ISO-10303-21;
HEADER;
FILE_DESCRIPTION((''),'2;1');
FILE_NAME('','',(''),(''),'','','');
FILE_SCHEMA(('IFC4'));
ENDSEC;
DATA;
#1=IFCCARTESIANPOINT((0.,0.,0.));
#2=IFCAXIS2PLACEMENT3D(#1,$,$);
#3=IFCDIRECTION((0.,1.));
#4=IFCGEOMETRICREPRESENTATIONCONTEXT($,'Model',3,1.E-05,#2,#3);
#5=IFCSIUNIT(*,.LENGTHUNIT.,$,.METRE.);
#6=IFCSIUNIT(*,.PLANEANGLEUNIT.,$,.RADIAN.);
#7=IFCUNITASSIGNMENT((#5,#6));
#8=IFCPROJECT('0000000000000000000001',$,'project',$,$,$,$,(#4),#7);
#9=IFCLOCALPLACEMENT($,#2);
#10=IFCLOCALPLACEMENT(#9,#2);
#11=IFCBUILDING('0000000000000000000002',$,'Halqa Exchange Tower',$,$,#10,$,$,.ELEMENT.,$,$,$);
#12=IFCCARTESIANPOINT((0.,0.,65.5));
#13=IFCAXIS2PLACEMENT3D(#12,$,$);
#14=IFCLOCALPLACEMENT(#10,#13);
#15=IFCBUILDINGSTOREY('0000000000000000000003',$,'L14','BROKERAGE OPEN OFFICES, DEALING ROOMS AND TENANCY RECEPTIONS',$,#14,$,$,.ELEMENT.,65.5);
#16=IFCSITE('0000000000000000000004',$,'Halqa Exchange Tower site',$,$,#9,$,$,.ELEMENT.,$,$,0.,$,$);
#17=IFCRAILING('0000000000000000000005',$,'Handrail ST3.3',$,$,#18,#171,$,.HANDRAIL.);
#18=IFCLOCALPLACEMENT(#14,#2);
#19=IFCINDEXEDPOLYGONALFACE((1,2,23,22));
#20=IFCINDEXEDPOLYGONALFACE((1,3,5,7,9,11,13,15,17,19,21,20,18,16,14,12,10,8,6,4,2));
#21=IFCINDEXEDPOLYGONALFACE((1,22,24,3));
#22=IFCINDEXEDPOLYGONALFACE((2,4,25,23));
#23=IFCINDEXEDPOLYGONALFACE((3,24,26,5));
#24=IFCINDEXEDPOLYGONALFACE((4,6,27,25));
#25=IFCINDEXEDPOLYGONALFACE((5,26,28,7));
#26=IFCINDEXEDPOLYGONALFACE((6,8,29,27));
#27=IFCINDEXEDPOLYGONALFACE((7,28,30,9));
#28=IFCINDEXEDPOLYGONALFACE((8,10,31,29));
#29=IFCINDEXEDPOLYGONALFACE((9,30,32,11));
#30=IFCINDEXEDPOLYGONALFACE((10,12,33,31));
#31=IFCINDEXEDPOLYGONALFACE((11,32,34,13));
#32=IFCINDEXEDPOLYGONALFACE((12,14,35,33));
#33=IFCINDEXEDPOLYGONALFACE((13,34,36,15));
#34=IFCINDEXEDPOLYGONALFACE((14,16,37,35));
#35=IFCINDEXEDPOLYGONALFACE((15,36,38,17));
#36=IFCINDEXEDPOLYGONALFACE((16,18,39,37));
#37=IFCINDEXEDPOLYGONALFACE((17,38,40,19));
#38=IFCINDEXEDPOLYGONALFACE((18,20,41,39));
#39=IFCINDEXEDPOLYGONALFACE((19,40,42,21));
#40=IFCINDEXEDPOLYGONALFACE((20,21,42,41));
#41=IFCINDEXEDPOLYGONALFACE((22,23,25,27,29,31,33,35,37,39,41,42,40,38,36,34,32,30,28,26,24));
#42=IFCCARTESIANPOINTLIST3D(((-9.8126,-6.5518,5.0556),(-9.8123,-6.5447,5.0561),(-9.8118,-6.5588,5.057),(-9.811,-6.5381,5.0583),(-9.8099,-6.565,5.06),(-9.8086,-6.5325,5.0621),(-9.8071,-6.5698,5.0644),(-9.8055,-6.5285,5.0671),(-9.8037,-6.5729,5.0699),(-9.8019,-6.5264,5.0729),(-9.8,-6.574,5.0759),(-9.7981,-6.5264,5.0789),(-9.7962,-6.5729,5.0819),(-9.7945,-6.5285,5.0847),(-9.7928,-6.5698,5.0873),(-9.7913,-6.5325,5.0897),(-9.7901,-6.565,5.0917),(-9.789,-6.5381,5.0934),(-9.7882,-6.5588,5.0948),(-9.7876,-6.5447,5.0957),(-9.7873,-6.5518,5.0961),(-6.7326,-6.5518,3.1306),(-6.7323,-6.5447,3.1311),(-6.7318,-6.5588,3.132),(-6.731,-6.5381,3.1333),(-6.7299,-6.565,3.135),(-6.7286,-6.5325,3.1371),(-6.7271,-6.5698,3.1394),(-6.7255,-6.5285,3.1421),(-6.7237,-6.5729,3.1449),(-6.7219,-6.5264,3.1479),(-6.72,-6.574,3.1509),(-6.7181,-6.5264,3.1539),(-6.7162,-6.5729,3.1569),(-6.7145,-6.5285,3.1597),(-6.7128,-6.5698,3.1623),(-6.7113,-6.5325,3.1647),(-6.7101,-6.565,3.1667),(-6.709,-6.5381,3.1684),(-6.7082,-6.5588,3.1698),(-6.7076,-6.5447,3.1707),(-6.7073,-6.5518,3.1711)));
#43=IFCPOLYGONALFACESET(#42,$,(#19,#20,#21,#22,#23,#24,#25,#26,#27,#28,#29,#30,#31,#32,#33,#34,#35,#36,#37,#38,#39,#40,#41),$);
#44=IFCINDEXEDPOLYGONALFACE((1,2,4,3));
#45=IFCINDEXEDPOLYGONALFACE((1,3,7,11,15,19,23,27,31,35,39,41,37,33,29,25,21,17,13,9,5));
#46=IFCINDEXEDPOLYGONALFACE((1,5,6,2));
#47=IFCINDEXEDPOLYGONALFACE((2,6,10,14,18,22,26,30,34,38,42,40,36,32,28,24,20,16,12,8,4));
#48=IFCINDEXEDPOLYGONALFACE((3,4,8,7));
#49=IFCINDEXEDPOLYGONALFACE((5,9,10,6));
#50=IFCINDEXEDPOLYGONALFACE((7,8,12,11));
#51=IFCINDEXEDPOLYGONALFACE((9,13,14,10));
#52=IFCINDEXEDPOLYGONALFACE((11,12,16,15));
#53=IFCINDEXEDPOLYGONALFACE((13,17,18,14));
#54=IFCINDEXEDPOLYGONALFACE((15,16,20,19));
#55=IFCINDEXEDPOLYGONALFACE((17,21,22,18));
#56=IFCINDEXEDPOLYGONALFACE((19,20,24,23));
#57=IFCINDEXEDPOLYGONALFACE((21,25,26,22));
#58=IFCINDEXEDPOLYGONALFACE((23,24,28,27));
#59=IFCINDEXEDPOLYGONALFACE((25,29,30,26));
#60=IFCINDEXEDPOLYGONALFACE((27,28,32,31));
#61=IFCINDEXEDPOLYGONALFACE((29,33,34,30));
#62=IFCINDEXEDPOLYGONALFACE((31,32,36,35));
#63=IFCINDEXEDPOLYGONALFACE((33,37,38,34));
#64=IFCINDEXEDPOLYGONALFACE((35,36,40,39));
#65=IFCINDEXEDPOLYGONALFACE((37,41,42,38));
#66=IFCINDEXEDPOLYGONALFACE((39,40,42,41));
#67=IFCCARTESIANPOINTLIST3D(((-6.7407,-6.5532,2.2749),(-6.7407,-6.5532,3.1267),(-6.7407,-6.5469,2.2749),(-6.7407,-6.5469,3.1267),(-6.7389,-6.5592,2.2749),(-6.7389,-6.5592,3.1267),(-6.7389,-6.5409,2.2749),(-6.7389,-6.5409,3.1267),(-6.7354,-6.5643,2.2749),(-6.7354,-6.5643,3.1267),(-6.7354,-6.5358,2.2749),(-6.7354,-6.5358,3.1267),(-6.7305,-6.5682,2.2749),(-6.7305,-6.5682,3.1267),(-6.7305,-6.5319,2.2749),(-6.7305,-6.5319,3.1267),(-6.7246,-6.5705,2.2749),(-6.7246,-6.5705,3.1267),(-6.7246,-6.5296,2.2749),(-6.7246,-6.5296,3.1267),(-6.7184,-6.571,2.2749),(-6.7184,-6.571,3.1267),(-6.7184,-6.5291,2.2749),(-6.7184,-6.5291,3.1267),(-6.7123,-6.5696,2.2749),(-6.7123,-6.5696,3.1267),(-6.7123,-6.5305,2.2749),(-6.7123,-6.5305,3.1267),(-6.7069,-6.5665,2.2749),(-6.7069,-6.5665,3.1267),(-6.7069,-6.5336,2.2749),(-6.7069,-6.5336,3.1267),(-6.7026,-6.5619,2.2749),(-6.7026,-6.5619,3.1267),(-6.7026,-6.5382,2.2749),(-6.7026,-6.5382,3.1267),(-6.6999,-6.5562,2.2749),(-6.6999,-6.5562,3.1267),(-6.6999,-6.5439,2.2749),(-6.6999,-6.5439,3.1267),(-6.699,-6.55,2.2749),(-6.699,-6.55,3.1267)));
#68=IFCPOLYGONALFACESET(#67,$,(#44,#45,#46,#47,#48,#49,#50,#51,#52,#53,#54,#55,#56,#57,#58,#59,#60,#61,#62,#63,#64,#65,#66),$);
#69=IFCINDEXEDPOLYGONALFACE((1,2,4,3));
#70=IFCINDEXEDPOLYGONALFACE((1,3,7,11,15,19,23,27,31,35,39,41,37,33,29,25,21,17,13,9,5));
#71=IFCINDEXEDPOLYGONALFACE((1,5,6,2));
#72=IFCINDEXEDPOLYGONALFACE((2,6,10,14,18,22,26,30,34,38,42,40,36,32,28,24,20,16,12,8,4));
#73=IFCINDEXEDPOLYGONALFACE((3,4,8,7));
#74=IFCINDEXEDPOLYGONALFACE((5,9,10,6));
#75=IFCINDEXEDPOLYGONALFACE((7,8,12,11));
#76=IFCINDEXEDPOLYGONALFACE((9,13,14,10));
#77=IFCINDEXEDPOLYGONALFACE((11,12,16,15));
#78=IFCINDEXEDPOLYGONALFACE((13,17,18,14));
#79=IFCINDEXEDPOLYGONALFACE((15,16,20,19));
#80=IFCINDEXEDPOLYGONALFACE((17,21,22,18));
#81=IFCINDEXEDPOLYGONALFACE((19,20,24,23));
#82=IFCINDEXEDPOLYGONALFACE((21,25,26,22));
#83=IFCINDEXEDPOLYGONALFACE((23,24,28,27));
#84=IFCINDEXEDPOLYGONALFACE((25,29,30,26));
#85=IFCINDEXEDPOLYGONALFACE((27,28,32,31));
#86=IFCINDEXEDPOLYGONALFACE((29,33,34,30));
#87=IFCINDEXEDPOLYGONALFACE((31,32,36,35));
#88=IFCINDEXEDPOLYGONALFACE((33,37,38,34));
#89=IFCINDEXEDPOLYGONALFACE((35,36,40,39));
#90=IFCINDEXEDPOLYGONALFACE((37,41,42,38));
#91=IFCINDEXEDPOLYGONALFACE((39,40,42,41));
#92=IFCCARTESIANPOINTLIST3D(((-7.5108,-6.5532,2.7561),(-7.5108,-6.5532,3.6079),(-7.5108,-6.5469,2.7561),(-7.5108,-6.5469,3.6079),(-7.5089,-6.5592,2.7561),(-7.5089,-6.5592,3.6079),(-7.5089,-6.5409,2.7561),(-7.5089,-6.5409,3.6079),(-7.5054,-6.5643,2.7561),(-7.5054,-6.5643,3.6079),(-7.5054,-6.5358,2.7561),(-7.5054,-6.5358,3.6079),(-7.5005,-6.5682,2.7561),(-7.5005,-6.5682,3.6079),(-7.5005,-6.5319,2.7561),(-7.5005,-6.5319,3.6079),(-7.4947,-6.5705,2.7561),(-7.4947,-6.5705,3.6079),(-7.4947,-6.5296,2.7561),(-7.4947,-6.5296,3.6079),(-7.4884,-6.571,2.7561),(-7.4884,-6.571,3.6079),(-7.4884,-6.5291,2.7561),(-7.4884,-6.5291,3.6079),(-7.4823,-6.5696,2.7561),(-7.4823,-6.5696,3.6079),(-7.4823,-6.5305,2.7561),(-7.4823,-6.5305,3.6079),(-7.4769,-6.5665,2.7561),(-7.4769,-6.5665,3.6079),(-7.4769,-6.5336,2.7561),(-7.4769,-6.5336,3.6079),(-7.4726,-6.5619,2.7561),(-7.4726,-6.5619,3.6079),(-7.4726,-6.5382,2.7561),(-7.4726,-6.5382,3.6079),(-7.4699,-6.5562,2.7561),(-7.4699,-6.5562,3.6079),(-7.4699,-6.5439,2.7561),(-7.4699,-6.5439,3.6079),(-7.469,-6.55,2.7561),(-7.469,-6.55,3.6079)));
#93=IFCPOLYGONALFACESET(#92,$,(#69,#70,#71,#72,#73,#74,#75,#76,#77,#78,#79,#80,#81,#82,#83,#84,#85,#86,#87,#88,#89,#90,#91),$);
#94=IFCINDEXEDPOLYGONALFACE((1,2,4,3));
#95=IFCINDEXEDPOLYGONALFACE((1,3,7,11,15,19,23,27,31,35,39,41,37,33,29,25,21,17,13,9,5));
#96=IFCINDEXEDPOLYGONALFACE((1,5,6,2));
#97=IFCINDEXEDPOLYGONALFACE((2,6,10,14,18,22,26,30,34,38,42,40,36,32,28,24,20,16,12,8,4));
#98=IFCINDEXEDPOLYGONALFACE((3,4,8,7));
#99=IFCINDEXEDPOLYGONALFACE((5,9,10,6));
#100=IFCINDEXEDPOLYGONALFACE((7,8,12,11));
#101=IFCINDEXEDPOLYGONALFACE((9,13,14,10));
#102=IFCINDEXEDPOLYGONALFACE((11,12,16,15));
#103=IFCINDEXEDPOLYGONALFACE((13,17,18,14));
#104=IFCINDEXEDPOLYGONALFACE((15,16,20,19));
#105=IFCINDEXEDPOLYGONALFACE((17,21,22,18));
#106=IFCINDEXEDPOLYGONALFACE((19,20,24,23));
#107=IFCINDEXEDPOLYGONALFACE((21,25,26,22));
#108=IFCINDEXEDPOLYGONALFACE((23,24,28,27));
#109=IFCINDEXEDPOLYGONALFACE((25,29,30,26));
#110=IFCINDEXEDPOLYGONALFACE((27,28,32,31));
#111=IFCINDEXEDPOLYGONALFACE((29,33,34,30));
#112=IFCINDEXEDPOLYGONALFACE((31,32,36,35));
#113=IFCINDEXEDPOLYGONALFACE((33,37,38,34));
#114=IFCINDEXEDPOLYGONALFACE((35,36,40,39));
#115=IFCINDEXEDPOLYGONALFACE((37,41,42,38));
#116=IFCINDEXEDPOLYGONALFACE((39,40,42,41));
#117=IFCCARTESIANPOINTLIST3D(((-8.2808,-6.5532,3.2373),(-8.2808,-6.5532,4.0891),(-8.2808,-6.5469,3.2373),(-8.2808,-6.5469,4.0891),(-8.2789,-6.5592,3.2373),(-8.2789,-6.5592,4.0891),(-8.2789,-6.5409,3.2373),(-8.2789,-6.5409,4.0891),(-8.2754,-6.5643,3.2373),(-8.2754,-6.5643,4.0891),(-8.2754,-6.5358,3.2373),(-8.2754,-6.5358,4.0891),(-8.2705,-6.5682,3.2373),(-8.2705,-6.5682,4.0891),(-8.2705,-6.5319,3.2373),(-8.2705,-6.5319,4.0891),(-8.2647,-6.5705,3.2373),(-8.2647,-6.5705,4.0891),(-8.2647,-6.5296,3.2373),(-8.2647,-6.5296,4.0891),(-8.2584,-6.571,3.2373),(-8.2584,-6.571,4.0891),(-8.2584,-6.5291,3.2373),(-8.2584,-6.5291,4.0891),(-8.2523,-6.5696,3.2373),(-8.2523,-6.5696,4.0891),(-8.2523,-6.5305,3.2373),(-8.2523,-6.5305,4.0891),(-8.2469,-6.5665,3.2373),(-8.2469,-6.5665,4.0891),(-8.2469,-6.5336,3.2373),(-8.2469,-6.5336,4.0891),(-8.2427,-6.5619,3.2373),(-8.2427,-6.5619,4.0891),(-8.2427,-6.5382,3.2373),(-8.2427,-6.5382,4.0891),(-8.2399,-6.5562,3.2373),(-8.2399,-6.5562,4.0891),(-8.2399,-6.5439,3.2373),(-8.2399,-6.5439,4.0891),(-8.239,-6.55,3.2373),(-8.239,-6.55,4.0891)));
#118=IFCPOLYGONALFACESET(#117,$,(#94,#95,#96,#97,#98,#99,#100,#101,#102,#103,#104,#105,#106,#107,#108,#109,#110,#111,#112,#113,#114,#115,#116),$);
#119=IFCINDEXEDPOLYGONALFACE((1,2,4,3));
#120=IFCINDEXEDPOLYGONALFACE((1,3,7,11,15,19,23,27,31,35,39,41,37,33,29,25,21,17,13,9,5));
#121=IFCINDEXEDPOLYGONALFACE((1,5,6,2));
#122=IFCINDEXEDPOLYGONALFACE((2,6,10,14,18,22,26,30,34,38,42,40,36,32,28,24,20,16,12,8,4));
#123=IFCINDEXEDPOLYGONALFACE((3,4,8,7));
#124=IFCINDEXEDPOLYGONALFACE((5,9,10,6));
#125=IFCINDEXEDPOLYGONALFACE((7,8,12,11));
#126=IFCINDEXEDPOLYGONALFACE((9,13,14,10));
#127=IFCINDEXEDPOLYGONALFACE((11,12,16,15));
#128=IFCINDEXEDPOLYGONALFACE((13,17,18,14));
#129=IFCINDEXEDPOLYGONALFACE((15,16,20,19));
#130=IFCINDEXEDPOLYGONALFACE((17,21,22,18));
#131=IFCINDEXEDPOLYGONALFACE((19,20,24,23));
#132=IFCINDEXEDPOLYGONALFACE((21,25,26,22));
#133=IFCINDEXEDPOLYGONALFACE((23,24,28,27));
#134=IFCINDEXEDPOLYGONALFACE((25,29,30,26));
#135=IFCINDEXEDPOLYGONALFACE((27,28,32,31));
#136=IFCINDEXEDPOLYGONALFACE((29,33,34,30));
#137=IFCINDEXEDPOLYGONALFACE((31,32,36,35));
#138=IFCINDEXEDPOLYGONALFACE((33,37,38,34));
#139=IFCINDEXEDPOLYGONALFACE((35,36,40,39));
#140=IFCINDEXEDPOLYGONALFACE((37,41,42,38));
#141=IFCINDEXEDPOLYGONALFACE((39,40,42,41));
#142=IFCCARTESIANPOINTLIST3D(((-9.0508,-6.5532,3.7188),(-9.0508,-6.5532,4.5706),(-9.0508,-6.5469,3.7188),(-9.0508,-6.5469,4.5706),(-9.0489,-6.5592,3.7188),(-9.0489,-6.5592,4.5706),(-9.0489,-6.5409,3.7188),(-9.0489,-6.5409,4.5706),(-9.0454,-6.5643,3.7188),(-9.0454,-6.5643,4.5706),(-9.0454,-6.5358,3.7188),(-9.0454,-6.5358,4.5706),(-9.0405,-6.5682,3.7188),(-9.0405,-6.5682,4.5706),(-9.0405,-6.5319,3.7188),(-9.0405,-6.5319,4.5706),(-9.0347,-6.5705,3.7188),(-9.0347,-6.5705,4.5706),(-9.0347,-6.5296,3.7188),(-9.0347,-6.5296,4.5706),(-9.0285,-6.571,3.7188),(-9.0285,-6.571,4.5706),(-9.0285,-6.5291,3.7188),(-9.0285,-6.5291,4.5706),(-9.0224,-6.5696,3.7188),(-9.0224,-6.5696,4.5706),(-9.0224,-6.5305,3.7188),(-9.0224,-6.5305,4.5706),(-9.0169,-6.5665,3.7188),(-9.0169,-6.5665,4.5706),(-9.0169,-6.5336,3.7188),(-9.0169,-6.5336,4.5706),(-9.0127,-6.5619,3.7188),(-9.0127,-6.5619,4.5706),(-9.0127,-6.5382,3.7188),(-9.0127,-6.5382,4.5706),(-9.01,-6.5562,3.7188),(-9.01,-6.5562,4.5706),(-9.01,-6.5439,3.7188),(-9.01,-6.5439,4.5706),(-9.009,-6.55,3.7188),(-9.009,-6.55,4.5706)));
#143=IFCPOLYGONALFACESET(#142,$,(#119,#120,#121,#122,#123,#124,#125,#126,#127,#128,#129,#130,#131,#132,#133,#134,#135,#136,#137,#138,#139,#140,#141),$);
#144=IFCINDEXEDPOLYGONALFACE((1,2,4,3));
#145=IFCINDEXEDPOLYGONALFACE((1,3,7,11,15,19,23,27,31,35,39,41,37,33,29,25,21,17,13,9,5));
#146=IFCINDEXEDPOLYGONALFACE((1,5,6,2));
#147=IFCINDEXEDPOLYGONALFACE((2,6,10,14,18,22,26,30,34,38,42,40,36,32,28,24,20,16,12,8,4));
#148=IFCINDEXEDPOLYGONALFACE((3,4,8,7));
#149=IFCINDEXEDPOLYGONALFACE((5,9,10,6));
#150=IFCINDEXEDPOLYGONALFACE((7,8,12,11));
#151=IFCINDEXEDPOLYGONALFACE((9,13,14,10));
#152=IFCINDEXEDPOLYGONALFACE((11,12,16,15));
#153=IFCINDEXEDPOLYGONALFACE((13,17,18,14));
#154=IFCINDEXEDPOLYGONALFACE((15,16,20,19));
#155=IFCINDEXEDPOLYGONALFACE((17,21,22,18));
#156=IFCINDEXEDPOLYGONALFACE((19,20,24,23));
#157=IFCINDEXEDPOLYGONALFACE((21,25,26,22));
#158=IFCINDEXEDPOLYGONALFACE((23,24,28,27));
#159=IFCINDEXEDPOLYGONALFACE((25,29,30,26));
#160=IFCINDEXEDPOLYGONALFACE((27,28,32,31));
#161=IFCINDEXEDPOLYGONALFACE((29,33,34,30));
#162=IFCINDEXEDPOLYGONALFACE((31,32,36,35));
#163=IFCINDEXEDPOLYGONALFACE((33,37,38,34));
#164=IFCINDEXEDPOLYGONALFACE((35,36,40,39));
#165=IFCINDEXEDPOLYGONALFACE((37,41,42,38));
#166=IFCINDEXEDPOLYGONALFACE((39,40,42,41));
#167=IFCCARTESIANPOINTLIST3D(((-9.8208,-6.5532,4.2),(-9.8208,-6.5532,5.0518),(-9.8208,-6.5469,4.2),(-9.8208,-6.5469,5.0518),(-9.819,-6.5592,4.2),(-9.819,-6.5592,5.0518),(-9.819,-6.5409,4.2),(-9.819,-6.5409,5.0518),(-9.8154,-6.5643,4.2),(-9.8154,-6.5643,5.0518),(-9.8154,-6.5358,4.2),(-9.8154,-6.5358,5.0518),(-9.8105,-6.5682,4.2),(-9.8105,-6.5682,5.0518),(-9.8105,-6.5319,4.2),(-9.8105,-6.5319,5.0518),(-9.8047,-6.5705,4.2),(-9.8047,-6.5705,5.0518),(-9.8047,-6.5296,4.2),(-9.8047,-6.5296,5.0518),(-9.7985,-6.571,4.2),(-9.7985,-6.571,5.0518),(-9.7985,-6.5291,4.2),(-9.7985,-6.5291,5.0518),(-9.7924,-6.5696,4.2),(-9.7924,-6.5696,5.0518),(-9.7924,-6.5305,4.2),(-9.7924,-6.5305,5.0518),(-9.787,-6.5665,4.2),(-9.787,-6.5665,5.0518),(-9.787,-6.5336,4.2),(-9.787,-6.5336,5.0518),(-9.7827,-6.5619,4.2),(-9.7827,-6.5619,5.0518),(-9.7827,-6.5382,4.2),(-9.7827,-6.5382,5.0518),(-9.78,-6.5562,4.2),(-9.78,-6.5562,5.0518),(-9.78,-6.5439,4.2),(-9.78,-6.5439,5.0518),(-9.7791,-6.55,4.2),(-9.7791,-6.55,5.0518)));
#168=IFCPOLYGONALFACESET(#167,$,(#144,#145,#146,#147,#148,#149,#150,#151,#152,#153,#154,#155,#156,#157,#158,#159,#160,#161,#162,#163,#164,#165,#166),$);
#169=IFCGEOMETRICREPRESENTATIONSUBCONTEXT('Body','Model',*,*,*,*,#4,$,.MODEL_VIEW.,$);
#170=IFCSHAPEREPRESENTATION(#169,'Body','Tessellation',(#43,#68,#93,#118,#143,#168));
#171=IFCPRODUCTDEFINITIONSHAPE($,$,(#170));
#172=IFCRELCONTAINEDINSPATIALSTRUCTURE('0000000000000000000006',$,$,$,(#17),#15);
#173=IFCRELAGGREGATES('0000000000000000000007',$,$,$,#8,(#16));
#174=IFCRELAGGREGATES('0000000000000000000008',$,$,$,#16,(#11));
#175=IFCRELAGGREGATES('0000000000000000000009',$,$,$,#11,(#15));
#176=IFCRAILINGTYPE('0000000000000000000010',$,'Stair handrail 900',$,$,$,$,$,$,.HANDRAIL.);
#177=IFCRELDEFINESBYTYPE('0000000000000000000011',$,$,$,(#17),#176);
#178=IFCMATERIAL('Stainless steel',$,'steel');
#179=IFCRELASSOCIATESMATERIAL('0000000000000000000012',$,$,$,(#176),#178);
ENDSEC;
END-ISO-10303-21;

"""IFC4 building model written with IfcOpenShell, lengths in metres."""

from ifc_helpers import new_model, si_unit, direction, frame, origin, origin_2d, place, context, subcontext, project, spatial, circle, extrude, material, type_object, element, save


model = new_model("IFC4")

# Units and contexts
model_context = context("Model", 3, precision=1e-05, world=origin(), true_north=direction((0.0, 1.0)))
body_context = subcontext(model_context, "Body", "Model", "MODEL_VIEW")
ifc_project = project(units=[si_unit("LENGTHUNIT", "METRE"), si_unit("PLANEANGLEUNIT", "RADIAN")], contexts=[model_context])

# Site, building, storey
site_placement = place(None, origin())
site = spatial("IfcSite", under=ifc_project, at=site_placement, Name="Halqa Exchange Tower site", CompositionType="ELEMENT", RefElevation=0.0)
building_placement = place(site_placement, origin())
building = spatial("IfcBuilding", under=site, at=building_placement, Name="Halqa Exchange Tower", CompositionType="ELEMENT")
storey_placement = place(building_placement, frame((0.0, 0.0, 65.5)))
storey = spatial("IfcBuildingStorey", under=building, at=storey_placement, Name="L14", Description="BROKERAGE OPEN OFFICES, DEALING ROOMS AND TENANCY RECEPTIONS", CompositionType="ELEMENT", Elevation=65.5)

# Shared definitions
ifc_material_1 = material(Name="Stainless steel", Category="steel")

# Railing
railing_type_1 = type_object("IfcRailingType", Name="Stair handrail 900", PredefinedType="HANDRAIL", material=ifc_material_1)
railing_1_placement = place(storey_placement, frame((-6.72, -6.55, 2.2749)))
element("IfcRailing", 1, at=railing_1_placement, inside=storey, type_object=railing_type_1, Name="Handrail ST3.3", PredefinedType="HANDRAIL", context=body_context, shape_type="SweptSolid", body=[
    extrude(circle(Radius=0.0239, at=origin_2d()), frame((0.0, 0.0, 0.876), z_axis=(-0.847998, 0.0, 0.529999), x_axis=(0.0, -1.0, 0.0)), (0.0, 0.0, 1.0), 3.6321),
    extrude(circle(Radius=0.021, at=origin_2d()), origin(), (0.0, 0.0, 1.0), 0.8518),
    extrude(circle(Radius=0.021, at=origin_2d()), frame((-0.77, 0.0, 0.4812)), (0.0, 0.0, 1.0), 0.8518),
    extrude(circle(Radius=0.021, at=origin_2d()), frame((-1.54, 0.0, 0.9624)), (0.0, 0.0, 1.0), 0.8518),
    extrude(circle(Radius=0.021, at=origin_2d()), frame((-2.3101, 0.0, 1.4438)), (0.0, 0.0, 1.0), 0.8518),
    extrude(circle(Radius=0.021, at=origin_2d()), frame((-3.0801, 0.0, 1.925)), (0.0, 0.0, 1.0), 0.8518),
])

save(model, "model.ifc")
